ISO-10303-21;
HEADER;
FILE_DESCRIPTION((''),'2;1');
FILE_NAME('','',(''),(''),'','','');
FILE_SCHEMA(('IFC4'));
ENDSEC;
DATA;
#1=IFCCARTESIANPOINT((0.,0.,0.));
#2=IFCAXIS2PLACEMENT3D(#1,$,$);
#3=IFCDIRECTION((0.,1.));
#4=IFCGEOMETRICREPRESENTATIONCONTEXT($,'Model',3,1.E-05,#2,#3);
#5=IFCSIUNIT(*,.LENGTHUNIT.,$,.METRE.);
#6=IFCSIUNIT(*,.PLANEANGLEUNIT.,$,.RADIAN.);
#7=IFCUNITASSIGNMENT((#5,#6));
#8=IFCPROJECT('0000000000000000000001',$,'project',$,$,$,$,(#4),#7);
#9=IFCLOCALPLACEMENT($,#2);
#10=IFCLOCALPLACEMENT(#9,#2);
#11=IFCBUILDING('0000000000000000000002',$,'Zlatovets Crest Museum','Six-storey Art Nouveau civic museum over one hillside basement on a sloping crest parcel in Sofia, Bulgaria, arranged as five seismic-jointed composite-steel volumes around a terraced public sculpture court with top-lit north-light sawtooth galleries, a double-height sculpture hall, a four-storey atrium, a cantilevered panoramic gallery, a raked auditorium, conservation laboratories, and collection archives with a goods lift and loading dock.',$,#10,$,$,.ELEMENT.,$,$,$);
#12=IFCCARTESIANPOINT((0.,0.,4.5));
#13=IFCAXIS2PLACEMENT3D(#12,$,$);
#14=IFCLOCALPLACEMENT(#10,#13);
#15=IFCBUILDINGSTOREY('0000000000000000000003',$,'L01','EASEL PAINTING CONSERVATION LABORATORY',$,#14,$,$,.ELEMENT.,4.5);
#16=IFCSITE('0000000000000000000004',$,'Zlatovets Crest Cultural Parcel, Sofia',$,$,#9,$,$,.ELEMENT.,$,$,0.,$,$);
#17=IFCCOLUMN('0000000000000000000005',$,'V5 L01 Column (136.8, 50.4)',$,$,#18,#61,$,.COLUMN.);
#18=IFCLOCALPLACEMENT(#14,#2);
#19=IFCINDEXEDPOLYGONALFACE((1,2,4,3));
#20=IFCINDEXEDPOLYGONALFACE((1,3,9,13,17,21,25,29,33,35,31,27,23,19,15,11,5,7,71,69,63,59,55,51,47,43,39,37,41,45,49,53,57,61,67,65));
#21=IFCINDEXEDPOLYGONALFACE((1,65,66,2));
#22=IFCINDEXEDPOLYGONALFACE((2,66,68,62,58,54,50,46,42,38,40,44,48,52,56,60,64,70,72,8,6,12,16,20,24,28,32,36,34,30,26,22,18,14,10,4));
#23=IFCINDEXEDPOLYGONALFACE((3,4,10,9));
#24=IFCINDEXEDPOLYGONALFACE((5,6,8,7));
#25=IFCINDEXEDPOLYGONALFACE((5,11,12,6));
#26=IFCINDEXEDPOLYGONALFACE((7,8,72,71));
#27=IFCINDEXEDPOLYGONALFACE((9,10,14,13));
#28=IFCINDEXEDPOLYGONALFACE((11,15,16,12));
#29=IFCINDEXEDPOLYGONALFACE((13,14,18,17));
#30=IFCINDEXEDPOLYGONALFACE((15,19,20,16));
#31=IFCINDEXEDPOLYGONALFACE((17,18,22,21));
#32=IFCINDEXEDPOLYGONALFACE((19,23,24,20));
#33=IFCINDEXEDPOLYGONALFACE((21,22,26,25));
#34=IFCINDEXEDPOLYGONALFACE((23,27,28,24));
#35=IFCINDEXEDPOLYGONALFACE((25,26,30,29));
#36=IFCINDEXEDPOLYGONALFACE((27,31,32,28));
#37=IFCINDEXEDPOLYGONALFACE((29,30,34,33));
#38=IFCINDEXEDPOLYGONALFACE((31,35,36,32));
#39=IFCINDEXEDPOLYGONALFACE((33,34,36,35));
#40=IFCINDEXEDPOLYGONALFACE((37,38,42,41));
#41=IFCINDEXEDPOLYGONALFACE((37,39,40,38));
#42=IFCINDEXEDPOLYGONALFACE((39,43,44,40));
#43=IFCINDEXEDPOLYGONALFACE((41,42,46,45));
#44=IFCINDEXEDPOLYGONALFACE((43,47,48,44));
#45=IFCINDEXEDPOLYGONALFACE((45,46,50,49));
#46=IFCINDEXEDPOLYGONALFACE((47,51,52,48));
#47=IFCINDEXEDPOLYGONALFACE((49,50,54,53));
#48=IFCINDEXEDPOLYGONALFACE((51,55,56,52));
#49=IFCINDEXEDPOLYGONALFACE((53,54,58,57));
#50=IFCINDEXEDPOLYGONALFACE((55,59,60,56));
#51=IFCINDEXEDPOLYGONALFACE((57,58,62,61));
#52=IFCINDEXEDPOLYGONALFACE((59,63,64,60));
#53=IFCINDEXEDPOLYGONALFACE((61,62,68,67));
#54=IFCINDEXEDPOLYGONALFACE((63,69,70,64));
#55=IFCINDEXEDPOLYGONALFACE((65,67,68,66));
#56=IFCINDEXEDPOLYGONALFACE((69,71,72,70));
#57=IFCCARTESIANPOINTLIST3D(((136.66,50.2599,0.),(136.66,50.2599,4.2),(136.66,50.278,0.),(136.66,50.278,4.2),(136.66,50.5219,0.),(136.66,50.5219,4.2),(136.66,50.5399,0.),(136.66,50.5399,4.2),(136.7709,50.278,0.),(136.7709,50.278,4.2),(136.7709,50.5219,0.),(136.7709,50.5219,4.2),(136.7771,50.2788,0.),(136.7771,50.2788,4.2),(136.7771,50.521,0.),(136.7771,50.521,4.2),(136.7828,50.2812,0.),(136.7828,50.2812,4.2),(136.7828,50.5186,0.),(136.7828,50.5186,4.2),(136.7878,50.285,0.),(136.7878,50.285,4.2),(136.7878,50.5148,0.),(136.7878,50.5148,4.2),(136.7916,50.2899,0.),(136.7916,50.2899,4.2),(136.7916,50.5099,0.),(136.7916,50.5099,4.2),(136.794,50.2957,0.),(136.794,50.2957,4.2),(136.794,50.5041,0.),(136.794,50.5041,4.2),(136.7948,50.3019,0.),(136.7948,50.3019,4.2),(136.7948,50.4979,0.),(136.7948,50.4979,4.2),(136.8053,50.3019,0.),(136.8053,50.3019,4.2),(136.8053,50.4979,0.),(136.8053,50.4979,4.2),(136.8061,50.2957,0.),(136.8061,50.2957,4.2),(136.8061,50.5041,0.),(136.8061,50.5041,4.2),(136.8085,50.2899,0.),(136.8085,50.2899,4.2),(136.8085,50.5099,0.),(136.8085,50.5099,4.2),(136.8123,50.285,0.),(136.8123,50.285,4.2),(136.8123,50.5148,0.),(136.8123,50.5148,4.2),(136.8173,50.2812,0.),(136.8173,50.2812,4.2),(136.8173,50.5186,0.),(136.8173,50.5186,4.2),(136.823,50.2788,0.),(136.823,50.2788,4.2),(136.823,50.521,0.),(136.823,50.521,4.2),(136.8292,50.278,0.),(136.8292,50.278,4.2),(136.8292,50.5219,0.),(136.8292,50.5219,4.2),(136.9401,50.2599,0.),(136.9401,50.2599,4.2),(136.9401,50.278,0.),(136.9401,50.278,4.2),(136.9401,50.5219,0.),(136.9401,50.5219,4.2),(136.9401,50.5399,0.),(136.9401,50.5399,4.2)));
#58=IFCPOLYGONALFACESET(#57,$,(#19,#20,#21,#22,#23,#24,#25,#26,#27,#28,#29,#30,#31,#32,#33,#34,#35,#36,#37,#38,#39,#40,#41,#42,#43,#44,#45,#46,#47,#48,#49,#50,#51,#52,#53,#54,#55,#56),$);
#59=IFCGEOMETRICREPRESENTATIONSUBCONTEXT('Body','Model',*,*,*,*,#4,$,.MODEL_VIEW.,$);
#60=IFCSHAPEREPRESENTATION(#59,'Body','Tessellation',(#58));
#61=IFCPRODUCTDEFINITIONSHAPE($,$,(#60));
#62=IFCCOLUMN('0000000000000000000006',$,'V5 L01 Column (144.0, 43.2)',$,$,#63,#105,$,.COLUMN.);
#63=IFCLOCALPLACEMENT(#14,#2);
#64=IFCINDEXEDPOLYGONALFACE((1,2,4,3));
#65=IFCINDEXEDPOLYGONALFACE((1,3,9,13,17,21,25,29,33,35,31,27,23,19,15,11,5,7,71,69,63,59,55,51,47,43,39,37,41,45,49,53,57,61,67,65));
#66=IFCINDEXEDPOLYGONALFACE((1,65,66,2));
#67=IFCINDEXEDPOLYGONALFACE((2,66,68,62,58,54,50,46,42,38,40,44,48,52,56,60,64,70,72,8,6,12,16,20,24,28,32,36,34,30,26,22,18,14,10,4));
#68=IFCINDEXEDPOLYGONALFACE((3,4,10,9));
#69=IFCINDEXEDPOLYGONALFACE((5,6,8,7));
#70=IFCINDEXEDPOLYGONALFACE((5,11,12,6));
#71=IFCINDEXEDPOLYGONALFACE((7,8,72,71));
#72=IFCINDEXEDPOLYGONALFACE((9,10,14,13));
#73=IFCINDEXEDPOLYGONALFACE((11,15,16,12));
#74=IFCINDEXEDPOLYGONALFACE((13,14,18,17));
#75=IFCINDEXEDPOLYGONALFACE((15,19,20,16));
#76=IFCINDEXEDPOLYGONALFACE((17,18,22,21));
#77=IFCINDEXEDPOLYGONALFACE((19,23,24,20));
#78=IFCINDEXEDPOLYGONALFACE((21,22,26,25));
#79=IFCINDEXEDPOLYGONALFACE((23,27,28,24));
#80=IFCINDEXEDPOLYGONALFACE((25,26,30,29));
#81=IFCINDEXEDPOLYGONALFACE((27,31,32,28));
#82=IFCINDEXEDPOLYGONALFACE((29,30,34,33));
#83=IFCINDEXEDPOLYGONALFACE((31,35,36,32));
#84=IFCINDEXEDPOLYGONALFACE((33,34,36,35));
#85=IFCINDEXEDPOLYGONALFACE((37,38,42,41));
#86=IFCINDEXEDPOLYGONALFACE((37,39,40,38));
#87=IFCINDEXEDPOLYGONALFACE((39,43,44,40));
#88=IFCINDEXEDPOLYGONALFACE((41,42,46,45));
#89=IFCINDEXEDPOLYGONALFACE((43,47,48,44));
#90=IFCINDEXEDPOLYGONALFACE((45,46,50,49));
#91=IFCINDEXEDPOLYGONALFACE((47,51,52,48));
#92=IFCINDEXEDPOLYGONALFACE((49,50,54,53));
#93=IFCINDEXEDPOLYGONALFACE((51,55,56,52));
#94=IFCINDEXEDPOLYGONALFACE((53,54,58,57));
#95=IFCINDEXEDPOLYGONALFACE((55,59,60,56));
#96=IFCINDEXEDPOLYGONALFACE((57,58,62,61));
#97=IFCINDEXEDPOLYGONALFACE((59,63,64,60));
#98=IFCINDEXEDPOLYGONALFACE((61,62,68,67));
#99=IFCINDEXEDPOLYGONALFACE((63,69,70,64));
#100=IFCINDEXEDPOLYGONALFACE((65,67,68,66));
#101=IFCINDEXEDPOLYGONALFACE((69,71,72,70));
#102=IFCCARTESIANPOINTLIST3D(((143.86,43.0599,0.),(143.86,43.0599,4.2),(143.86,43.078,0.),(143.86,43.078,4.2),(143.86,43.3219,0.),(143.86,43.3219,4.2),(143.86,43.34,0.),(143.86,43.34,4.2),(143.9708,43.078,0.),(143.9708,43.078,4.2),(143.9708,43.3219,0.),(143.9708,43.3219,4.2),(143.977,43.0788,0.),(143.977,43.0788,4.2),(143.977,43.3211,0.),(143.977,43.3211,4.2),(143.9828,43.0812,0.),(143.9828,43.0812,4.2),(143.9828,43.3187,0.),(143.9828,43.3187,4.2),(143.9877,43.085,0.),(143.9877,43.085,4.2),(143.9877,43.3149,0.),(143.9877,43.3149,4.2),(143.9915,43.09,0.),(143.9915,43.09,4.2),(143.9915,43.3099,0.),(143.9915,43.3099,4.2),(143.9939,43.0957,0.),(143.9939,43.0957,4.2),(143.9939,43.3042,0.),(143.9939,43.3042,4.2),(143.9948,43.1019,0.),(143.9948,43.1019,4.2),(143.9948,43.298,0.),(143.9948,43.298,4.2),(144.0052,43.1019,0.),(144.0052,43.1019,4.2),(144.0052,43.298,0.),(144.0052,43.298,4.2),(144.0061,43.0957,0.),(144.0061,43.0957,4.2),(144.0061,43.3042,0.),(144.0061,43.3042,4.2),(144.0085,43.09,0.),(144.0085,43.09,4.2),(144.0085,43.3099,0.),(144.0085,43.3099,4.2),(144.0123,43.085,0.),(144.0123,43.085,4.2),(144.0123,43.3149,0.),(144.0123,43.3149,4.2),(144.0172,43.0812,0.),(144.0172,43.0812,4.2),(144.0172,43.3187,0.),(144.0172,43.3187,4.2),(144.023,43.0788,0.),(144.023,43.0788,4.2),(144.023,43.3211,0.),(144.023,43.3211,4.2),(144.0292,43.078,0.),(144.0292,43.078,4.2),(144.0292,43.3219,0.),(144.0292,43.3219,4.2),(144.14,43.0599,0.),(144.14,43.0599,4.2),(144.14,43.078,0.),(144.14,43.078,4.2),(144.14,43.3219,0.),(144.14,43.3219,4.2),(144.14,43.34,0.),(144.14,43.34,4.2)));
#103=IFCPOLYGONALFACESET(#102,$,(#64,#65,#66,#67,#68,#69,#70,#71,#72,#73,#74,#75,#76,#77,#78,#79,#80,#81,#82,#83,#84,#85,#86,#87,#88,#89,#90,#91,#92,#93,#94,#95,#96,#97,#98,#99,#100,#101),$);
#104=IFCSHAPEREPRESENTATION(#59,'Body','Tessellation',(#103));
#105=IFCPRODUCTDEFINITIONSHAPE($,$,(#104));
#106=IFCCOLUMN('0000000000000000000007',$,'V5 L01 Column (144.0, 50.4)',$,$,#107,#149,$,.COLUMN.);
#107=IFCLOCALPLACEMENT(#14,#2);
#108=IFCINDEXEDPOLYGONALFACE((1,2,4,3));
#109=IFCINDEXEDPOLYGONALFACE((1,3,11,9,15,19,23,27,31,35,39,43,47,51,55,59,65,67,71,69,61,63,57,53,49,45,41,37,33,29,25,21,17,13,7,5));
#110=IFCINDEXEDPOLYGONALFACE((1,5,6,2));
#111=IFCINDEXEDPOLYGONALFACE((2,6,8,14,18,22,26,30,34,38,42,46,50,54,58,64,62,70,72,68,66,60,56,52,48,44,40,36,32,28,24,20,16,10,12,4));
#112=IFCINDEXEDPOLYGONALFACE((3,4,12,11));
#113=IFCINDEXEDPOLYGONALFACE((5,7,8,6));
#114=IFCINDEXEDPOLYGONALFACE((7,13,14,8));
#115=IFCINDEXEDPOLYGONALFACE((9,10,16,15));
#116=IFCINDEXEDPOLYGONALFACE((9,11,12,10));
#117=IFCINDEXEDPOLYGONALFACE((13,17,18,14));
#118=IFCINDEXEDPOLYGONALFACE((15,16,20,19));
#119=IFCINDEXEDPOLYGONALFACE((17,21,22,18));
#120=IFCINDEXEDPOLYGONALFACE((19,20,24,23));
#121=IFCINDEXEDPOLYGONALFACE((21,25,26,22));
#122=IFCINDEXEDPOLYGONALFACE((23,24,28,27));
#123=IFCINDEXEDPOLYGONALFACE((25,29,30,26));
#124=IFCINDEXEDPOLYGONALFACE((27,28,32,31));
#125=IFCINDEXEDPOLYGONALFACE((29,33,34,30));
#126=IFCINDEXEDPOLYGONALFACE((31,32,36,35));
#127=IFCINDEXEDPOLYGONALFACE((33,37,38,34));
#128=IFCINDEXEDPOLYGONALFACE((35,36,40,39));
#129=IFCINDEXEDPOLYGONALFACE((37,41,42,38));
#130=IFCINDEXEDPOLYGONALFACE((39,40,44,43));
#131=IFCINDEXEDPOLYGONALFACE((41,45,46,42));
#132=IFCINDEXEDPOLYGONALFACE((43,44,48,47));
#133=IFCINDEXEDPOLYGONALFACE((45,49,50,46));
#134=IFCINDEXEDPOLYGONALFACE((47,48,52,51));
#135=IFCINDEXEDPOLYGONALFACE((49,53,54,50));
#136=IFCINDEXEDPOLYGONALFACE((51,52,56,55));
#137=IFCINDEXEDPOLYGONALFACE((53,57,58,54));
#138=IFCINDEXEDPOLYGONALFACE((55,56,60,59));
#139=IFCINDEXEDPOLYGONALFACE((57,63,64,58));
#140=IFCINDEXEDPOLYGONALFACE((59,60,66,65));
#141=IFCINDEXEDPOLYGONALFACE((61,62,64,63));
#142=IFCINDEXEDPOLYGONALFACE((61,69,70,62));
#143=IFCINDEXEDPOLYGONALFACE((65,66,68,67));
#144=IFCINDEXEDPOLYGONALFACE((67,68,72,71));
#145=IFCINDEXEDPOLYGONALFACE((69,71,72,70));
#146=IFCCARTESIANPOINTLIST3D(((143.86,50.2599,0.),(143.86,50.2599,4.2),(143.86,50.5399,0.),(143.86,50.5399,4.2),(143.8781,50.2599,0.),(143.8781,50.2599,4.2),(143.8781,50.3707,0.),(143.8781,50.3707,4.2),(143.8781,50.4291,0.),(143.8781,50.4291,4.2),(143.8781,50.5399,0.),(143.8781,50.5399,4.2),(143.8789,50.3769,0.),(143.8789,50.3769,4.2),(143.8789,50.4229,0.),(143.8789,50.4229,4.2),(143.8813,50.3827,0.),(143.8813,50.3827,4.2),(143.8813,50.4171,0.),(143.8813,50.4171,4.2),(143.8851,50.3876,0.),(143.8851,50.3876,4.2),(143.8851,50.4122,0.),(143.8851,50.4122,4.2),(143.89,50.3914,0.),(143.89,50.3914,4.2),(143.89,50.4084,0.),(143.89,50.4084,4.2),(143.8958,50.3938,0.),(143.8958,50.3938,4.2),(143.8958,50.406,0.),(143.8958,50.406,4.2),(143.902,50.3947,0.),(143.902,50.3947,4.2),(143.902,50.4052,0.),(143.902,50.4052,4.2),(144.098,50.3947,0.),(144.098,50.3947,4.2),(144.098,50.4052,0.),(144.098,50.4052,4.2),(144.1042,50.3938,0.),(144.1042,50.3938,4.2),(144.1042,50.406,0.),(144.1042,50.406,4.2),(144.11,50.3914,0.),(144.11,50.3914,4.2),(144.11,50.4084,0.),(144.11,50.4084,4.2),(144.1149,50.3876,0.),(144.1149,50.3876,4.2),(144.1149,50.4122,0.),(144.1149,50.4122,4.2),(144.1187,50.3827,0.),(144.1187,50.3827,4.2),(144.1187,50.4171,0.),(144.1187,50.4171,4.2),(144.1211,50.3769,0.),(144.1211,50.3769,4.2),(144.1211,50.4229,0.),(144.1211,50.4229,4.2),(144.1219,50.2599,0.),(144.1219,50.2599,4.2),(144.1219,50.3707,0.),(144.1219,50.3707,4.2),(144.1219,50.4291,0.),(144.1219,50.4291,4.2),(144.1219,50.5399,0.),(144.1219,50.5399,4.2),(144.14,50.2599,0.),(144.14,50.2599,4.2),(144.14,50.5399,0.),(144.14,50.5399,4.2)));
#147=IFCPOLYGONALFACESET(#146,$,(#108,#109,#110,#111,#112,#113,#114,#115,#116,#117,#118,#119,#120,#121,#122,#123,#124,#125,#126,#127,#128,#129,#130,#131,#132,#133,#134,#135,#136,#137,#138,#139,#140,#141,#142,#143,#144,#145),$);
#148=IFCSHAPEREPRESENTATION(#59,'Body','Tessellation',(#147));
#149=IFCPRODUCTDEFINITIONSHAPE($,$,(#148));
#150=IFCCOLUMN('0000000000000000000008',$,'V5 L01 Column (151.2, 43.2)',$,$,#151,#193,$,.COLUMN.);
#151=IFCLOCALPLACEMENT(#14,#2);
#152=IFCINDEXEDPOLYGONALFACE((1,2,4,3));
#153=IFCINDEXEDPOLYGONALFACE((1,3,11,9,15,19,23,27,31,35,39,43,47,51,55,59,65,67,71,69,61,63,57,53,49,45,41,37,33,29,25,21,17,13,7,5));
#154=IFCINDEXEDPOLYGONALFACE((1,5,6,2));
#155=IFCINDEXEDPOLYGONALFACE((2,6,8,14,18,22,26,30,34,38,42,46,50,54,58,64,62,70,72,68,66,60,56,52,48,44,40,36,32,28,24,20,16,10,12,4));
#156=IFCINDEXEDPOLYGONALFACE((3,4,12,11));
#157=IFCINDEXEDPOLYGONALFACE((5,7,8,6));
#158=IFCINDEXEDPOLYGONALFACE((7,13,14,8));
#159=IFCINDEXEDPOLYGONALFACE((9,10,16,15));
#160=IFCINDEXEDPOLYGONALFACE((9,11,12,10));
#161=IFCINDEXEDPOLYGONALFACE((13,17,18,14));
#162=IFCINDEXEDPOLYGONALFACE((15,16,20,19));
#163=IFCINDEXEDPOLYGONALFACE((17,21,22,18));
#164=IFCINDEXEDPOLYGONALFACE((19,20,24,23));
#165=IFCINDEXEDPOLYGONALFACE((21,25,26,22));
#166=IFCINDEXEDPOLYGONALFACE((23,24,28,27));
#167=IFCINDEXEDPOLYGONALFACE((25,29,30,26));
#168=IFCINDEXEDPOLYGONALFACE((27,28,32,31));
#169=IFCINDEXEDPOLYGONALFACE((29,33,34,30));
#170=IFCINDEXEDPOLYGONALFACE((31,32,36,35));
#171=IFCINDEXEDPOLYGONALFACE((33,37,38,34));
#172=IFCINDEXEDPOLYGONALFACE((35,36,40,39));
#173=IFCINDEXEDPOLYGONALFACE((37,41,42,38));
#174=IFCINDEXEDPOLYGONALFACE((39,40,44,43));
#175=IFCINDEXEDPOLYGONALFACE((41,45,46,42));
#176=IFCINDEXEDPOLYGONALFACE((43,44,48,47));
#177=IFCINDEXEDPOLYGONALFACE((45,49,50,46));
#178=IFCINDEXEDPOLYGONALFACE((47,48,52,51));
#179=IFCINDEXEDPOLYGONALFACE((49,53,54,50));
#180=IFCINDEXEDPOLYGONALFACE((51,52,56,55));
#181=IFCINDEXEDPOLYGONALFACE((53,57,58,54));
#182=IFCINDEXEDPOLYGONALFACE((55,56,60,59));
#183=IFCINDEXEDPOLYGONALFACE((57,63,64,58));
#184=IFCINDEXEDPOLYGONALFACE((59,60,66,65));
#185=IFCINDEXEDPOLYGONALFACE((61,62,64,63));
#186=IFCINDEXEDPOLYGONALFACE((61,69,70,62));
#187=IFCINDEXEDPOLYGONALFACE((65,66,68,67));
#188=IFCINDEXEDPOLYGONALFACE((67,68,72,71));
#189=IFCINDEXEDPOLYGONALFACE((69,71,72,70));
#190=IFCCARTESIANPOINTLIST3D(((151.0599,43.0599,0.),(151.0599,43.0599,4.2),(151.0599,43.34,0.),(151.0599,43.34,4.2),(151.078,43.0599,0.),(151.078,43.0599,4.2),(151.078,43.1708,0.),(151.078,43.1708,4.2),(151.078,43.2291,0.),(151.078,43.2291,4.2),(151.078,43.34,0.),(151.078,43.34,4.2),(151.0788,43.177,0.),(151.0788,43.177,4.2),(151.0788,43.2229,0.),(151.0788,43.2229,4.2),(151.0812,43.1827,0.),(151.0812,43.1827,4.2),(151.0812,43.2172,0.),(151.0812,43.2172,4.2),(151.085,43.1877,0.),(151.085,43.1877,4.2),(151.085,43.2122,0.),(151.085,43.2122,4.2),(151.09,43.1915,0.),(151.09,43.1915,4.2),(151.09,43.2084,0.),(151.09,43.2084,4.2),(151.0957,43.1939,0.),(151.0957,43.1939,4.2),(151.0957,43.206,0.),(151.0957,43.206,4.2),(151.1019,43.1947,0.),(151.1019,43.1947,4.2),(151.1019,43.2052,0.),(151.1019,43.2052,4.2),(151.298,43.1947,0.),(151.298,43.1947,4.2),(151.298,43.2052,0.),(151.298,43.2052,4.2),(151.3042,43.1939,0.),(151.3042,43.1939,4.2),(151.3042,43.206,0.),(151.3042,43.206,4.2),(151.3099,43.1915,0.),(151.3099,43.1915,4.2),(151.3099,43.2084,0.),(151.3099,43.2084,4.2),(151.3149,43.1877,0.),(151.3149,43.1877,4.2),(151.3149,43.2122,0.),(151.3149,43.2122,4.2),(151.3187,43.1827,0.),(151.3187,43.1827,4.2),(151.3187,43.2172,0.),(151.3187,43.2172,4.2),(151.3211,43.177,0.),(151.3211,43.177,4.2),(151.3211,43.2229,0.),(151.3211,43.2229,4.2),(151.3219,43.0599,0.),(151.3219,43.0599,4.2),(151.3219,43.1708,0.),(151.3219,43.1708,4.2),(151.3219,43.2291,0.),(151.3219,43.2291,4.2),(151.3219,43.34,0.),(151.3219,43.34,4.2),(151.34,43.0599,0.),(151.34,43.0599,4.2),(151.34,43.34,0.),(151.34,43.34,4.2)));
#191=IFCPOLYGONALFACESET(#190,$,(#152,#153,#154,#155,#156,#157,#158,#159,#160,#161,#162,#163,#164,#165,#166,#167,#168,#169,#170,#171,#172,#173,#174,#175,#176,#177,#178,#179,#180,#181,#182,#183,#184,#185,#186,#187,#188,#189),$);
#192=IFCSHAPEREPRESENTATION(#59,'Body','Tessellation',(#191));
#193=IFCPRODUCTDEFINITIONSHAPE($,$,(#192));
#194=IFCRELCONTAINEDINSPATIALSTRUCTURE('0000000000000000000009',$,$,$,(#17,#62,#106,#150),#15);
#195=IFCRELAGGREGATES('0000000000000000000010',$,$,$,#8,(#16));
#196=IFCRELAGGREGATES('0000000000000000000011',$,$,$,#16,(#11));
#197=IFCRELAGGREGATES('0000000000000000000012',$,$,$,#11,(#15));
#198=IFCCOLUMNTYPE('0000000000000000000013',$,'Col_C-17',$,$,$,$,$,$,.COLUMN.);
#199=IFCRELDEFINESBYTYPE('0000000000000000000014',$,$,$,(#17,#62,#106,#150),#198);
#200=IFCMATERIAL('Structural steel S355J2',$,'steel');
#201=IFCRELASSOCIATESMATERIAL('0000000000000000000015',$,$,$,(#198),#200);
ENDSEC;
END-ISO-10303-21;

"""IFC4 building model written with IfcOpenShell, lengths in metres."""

from ifc_helpers import new_model, si_unit, direction, frame, origin, origin_2d, place, context, subcontext, project, spatial, i_section, extrude, material, material_profile, profile_set, type_object, element, save


model = new_model("IFC4")

# Units and contexts
model_context = context("Model", 3, precision=1e-05, world=origin(), true_north=direction((0.0, 1.0)))
body_context = subcontext(model_context, "Body", "Model", "MODEL_VIEW")
ifc_project = project(units=[si_unit("LENGTHUNIT", "METRE"), si_unit("PLANEANGLEUNIT", "RADIAN")], contexts=[model_context])

# Site, building, storey
site_placement = place(None, origin())
site = spatial("IfcSite", under=ifc_project, at=site_placement, Name="Zlatovets Crest Cultural Parcel, Sofia", CompositionType="ELEMENT", RefElevation=0.0)
building_placement = place(site_placement, origin())
building = spatial("IfcBuilding", under=site, at=building_placement, Name="Zlatovets Crest Museum", Description="Six-storey Art Nouveau civic museum over one hillside basement on a sloping crest parcel in Sofia, Bulgaria, arranged as five seismic-jointed composite-steel volumes around a terraced public sculpture court with top-lit north-light sawtooth galleries, a double-height sculpture hall, a four-storey atrium, a cantilevered panoramic gallery, a raked auditorium, conservation laboratories, and collection archives with a goods lift and loading dock.", CompositionType="ELEMENT")
storey_placement = place(building_placement, frame((0.0, 0.0, 4.5)))
storey = spatial("IfcBuildingStorey", under=building, at=storey_placement, Name="L01", Description="EASEL PAINTING CONSERVATION LABORATORY", CompositionType="ELEMENT", Elevation=4.5)

# Columns
ifc_material_1 = material(Name="Structural steel S355J2", Category="steel")
ifc_material_profile_1 = material_profile(ifc_material_1, i_section(OverallWidth=0.28, OverallDepth=0.28, WebThickness=0.0105, FlangeThickness=0.0181, FilletRadius=0.0239, at=origin_2d()), Name="HEB 280")
ifc_profile_set_1 = profile_set([ifc_material_profile_1], Name="Structural steel S355J2")
column_type = type_object("IfcColumnType", Name="Col_C-17", PredefinedType="COLUMN", material=ifc_profile_set_1)
for number, where, z_axis, x_axis, name in (
    (1, (136.8, 50.3999, 0.0), (0.0, 0.0, 1.0), (1.0, 0.0, 0.0), "V5 L01 Column (136.8, 50.4)"),
    (2, (144.0, 43.2, 0.0), (0.0, 0.0, 1.0), (1.0, 0.0, 0.0), "V5 L01 Column (144.0, 43.2)"),
    (3, (144.0, 50.3999, 0.0), (0.0, 0.0, 1.0), (0.0, 1.0, 0.0), "V5 L01 Column (144.0, 50.4)"),
    (4, (151.2, 43.2, 0.0), (0.0, 0.0, 1.0), (0.0, 1.0, 0.0), "V5 L01 Column (151.2, 43.2)"),
):
    element("IfcColumn", number, at=place(storey_placement, frame(where, z_axis=z_axis, x_axis=x_axis)), inside=storey, type_object=column_type, Name=name, PredefinedType="COLUMN", context=body_context, shape_type="SweptSolid", body=[
        extrude(i_section(OverallWidth=0.28, OverallDepth=0.28, WebThickness=0.0105, FlangeThickness=0.0181, FilletRadius=0.0239, at=origin_2d()), origin(), (0.0, 0.0, 1.0), 4.2),
    ])

save(model, "model.ifc")
